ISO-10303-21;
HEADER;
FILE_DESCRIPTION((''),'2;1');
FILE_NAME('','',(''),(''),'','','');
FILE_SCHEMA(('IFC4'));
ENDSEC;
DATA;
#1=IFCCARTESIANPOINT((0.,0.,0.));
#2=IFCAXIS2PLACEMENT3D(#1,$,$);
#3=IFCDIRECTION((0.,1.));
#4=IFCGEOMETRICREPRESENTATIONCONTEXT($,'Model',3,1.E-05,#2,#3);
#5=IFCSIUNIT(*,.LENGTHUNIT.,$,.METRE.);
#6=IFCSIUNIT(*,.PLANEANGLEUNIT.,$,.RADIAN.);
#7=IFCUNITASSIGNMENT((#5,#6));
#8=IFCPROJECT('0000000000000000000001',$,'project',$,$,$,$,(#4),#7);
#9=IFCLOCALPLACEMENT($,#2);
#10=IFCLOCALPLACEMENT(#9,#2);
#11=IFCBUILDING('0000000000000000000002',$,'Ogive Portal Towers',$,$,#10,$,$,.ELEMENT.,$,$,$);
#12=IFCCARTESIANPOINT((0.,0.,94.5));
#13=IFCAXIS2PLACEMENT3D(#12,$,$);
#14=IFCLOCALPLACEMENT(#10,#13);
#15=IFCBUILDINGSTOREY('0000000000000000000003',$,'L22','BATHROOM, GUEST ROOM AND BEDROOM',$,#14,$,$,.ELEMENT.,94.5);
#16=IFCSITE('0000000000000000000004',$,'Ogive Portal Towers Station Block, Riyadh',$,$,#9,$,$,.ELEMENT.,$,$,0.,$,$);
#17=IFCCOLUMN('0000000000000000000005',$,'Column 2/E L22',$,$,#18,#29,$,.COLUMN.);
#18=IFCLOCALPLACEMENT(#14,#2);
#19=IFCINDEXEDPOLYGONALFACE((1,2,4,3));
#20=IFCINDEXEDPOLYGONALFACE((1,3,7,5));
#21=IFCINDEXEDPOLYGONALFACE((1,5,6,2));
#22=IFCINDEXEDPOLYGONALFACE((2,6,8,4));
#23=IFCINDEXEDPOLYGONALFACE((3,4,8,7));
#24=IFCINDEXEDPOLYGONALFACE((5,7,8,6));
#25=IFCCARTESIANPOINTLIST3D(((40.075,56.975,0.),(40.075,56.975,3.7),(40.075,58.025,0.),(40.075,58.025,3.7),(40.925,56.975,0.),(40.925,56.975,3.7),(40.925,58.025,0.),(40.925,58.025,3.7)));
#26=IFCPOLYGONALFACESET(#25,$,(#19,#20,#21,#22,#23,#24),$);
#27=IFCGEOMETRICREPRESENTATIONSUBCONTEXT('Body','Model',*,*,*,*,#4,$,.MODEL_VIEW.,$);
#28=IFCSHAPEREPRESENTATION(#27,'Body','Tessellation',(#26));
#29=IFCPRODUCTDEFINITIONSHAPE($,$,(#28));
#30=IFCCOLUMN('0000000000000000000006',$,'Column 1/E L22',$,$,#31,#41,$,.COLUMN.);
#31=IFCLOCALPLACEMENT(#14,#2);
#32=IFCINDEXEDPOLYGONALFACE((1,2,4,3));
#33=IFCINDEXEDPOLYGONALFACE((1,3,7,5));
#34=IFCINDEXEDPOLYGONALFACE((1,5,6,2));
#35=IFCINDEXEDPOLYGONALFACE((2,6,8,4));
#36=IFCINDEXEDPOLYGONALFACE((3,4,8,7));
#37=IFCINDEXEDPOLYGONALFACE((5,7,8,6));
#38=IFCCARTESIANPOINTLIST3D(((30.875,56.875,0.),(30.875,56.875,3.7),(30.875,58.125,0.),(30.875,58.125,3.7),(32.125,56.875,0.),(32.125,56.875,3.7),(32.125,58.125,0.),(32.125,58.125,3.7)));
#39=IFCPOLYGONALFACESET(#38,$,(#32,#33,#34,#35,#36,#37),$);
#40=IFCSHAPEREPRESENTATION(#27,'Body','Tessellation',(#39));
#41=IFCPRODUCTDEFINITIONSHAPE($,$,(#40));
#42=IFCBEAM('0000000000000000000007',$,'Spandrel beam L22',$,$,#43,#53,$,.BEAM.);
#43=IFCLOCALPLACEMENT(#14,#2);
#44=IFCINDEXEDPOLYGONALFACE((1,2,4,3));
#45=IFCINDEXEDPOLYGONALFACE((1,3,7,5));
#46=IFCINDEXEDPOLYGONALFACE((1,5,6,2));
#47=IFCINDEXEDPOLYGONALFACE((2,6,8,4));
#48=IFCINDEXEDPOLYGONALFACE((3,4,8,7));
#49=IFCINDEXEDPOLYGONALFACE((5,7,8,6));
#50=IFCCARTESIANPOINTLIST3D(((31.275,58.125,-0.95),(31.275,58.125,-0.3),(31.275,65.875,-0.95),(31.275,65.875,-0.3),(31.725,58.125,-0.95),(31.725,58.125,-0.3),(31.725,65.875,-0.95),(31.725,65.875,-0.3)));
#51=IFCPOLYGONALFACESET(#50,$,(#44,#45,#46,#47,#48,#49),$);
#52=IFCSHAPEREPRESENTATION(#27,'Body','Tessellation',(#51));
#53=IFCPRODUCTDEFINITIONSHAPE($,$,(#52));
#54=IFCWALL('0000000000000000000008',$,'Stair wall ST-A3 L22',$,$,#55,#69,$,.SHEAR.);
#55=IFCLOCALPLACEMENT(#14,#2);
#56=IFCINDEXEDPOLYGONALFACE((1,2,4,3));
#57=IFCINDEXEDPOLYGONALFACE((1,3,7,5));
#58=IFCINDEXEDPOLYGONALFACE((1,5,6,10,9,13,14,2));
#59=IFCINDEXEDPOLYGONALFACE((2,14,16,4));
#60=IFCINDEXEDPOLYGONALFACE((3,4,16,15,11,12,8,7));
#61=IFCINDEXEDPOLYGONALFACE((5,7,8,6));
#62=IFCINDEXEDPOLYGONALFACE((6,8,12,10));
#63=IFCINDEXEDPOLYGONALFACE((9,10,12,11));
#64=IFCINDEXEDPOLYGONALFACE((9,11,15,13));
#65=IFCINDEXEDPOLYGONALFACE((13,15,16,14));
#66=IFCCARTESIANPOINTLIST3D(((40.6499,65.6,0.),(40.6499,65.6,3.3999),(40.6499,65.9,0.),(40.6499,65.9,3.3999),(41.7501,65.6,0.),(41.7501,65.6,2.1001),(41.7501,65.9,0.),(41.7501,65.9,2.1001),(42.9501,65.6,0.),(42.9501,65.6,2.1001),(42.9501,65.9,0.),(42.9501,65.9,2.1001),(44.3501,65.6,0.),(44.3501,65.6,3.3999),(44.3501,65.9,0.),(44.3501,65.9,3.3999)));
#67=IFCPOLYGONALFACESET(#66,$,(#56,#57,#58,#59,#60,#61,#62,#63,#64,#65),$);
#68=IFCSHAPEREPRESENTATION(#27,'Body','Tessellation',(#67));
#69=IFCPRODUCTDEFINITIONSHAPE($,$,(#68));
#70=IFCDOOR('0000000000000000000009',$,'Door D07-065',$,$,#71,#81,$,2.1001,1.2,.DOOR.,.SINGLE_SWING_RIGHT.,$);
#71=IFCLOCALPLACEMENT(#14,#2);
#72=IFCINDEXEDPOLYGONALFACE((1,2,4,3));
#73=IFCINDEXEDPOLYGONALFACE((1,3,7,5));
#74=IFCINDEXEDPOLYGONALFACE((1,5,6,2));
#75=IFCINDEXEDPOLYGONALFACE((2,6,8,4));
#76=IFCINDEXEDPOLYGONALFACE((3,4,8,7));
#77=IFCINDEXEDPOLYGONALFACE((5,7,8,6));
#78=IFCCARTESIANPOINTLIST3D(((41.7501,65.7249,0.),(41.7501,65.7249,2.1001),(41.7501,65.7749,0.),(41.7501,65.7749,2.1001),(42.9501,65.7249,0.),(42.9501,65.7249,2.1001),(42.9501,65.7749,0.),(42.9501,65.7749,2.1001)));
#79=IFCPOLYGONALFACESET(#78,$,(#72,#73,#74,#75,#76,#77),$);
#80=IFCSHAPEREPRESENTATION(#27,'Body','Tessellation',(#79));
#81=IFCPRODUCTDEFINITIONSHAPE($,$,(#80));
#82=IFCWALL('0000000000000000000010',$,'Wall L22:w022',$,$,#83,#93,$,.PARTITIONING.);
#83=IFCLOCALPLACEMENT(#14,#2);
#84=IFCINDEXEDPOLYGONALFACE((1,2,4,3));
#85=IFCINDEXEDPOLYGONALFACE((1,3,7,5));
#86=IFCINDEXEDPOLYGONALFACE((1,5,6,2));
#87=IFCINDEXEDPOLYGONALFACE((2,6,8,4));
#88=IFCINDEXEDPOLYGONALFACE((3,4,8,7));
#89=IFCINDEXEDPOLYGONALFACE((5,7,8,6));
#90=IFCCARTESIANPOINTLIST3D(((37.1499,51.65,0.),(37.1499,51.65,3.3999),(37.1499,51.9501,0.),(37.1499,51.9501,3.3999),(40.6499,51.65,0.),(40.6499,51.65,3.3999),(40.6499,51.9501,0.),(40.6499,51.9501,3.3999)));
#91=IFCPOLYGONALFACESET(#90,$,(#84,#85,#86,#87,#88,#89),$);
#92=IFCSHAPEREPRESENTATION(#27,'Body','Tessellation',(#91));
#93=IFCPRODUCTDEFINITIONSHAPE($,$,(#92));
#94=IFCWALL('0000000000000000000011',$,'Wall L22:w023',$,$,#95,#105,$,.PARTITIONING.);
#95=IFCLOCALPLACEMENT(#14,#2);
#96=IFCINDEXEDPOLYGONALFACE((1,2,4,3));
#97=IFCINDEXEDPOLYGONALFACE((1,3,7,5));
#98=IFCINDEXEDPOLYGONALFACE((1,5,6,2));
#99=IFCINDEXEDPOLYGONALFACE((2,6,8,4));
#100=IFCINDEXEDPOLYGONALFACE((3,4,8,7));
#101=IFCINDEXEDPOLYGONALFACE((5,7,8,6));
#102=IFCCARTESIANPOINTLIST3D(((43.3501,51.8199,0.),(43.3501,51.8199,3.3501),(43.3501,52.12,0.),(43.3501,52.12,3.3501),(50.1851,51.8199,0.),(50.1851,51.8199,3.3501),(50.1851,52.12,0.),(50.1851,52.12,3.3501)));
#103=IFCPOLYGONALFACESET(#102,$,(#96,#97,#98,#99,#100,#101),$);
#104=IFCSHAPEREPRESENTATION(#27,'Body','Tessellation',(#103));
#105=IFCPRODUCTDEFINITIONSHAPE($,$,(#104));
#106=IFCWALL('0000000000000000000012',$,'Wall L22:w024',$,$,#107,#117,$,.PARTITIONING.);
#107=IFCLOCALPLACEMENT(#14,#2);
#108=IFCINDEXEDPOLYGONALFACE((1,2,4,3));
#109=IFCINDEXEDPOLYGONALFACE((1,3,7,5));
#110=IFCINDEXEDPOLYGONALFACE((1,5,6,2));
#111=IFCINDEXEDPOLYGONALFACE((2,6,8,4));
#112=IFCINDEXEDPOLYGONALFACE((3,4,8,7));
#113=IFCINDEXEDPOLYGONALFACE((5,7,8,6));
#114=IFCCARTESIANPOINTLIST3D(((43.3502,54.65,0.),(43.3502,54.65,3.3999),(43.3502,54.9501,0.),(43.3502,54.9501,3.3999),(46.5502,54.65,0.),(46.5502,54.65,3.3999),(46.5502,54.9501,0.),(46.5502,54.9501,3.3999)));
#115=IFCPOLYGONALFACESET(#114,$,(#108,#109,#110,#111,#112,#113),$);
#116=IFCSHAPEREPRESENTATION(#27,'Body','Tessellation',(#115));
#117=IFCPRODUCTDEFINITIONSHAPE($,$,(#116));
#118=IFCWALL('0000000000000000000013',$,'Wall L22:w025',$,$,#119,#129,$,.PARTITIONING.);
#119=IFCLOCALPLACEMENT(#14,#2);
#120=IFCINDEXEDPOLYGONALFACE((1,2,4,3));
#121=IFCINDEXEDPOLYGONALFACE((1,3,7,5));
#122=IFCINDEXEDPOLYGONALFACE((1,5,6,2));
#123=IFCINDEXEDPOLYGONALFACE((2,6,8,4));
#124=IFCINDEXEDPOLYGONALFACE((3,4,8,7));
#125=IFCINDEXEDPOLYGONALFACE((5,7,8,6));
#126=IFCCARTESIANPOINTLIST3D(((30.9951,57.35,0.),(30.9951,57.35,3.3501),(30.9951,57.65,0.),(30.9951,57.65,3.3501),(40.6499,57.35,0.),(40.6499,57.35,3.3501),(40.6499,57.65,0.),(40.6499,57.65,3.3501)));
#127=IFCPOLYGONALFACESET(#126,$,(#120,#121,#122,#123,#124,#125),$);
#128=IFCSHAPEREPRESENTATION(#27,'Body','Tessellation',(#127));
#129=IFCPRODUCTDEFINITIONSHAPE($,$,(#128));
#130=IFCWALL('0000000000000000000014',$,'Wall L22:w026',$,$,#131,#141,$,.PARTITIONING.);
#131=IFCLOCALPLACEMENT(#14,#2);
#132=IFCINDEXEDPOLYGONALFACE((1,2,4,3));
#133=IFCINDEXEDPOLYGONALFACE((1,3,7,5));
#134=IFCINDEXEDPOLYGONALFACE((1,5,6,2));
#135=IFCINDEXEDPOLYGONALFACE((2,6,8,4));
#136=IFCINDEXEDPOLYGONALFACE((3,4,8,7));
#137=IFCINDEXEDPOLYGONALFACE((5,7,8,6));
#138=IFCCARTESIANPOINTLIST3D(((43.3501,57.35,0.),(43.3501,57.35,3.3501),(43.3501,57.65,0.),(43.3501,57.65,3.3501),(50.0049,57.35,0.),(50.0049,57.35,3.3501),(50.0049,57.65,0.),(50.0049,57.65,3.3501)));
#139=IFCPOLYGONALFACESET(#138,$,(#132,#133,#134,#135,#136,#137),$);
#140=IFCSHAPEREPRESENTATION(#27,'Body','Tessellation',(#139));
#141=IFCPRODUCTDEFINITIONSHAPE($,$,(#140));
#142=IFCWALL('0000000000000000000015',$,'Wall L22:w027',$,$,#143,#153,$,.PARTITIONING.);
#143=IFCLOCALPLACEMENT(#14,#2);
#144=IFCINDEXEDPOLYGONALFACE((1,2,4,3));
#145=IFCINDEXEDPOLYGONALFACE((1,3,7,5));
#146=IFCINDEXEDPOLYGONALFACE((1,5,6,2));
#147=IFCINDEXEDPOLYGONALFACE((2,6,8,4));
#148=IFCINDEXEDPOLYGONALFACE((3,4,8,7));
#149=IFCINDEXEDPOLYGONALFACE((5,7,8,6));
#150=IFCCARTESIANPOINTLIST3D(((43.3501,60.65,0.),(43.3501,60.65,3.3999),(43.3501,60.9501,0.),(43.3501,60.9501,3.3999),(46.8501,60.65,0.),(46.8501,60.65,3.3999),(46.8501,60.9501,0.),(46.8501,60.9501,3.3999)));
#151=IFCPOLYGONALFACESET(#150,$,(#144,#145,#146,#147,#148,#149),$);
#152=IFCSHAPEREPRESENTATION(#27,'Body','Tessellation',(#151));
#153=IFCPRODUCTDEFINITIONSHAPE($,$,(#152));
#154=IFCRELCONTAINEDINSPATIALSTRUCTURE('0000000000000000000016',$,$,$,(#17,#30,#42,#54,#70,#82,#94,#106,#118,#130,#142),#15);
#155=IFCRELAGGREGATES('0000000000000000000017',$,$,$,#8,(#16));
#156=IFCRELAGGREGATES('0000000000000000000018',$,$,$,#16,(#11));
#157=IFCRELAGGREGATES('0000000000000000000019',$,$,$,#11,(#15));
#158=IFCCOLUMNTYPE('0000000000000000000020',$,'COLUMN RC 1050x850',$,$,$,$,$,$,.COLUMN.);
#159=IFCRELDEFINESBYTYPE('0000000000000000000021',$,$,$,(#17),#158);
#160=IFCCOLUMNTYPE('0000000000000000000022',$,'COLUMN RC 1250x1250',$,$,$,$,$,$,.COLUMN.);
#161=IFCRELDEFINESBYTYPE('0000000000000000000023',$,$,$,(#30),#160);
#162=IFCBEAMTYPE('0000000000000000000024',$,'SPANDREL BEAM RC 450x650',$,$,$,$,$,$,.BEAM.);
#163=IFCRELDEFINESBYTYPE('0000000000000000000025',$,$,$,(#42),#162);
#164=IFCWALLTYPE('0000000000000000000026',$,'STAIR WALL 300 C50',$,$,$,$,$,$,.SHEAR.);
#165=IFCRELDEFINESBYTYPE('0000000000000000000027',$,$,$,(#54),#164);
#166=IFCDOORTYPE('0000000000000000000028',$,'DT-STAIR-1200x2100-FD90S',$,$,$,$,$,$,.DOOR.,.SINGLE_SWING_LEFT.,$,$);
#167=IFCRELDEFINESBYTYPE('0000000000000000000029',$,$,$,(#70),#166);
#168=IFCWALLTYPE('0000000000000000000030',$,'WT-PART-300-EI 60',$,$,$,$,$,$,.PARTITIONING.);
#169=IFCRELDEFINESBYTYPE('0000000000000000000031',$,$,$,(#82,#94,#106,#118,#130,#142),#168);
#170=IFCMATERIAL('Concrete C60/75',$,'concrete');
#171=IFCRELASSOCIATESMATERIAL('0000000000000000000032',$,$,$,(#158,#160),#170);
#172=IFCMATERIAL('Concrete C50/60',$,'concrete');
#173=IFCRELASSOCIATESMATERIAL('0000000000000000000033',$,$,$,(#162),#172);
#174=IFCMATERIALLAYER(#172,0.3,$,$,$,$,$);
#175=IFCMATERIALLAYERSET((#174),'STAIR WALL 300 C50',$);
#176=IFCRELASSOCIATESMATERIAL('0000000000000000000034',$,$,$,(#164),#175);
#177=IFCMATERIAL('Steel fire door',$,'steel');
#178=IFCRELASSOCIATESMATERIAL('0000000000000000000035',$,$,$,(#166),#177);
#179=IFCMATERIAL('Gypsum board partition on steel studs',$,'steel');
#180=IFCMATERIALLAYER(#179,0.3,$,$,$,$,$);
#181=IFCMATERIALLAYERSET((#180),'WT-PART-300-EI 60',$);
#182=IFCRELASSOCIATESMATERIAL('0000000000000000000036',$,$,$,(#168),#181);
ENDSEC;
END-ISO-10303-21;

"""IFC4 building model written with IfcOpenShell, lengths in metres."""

from ifc_helpers import new_model, si_unit, direction, frame, frame_2d, origin, origin_2d, place, context, subcontext, project, spatial, rectangle, extrude, material, layer, layer_set, material_profile, profile_set, type_object, element, fill, save


model = new_model("IFC4")

# Units and contexts
model_context = context("Model", 3, precision=1e-05, world=origin(), true_north=direction((0.0, 1.0)))
body_context = subcontext(model_context, "Body", "Model", "MODEL_VIEW")
ifc_project = project(units=[si_unit("LENGTHUNIT", "METRE"), si_unit("PLANEANGLEUNIT", "RADIAN")], contexts=[model_context])

# Site, building, storey
site_placement = place(None, origin())
site = spatial("IfcSite", under=ifc_project, at=site_placement, Name="Ogive Portal Towers Station Block, Riyadh", CompositionType="ELEMENT", RefElevation=0.0)
building_placement = place(site_placement, origin())
building = spatial("IfcBuilding", under=site, at=building_placement, Name="Ogive Portal Towers", CompositionType="ELEMENT")
storey_placement = place(building_placement, frame((0.0, 0.0, 94.5)))
storey = spatial("IfcBuildingStorey", under=building, at=storey_placement, Name="L22", Description="BATHROOM, GUEST ROOM AND BEDROOM", CompositionType="ELEMENT", Elevation=94.5)

# Columns
ifc_material_1 = material(Name="Concrete C60/75", Category="concrete")
ifc_material_profile_1 = material_profile(ifc_material_1, rectangle(XDim=1.05, YDim=0.8501, at=origin_2d()), Name="RC 1050x850")
ifc_profile_set_1 = profile_set([ifc_material_profile_1], Name="Concrete C60/75")
column_type_1 = type_object("IfcColumnType", Name="COLUMN RC 1050x850", PredefinedType="COLUMN", material=ifc_profile_set_1)
column_1_placement = place(storey_placement, frame((40.5, 57.5, 0.0), z_axis=(0.0, 0.0, 1.0), x_axis=(0.0, 1.0, 0.0)))
element("IfcColumn", 1, at=column_1_placement, inside=storey, type_object=column_type_1, Name="Column 2/E L22", PredefinedType="COLUMN", context=body_context, shape_type="SweptSolid", body=[
    extrude(rectangle(XDim=1.05, YDim=0.8501, at=origin_2d()), origin(), (0.0, 0.0, 1.0), 3.7),
])
ifc_material_profile_2 = material_profile(ifc_material_1, rectangle(XDim=1.25, YDim=1.25, at=origin_2d()), Name="RC 1250x1250")
ifc_profile_set_2 = profile_set([ifc_material_profile_2], Name="Concrete C60/75")
column_type_2 = type_object("IfcColumnType", Name="COLUMN RC 1250x1250", PredefinedType="COLUMN", material=ifc_profile_set_2)
column_2_placement = place(storey_placement, frame((31.5, 57.5, 0.0), z_axis=(0.0, 0.0, 1.0), x_axis=(1.0, 0.0, 0.0)))
element("IfcColumn", 2, at=column_2_placement, inside=storey, type_object=column_type_2, Name="Column 1/E L22", PredefinedType="COLUMN", context=body_context, shape_type="SweptSolid", body=[
    extrude(rectangle(XDim=1.25, YDim=1.25, at=origin_2d()), origin(), (0.0, 0.0, 1.0), 3.7),
])

# Beam
ifc_material_2 = material(Name="Concrete C50/60", Category="concrete")
ifc_material_profile_3 = material_profile(ifc_material_2, rectangle(XDim=0.45, YDim=0.6499, at=origin_2d()), Name="RC 450x650")
ifc_profile_set_3 = profile_set([ifc_material_profile_3], Name="Concrete C50/60")
beam_type = type_object("IfcBeamType", Name="SPANDREL BEAM RC 450x650", PredefinedType="BEAM", material=ifc_profile_set_3)
beam_placement = place(storey_placement, frame((31.5, 58.125, -0.625), z_axis=(0.0, 1.0, 0.0), x_axis=(-1.0, 0.0, 0.0)))
element("IfcBeam", 3, at=beam_placement, inside=storey, type_object=beam_type, Name="Spandrel beam L22", PredefinedType="BEAM", context=body_context, shape_type="SweptSolid", body=[
    extrude(rectangle(XDim=0.45, YDim=0.6499, at=origin_2d()), origin(), (0.0, 0.0, 1.0), 7.75),
])

# Wall, opening, door
ifc_layer_1 = layer(ifc_material_2, 0.3)
ifc_layer_set_1 = layer_set([ifc_layer_1], Name="STAIR WALL 300 C50")
wall_type_1 = type_object("IfcWallType", Name="STAIR WALL 300 C50", PredefinedType="SHEAR", material=ifc_layer_set_1)
wall_1_placement = place(storey_placement, frame((40.6499, 65.75, 0.0), z_axis=(0.0, 0.0, 1.0), x_axis=(1.0, 0.0, 0.0)))
wall_1 = element("IfcWall", 4, at=wall_1_placement, inside=storey, type_object=wall_type_1, Name="Stair wall ST-A3 L22", PredefinedType="SHEAR", context=body_context, shape_type="SweptSolid", body=[
    extrude(rectangle(XDim=3.7002, YDim=0.3, at=frame_2d((1.8501, 0.0))), origin(), (0.0, 0.0, 1.0), 3.3999),
])
opening_1_placement = place(wall_1_placement, frame((1.1001, 0.0, 0.0)))
opening_1 = element("IfcOpeningElement", 5, at=opening_1_placement, cuts=wall_1, PredefinedType="OPENING", context=body_context, shape_type="SweptSolid", body=[
    extrude(rectangle(XDim=1.2, YDim=2.1001, at=frame_2d((0.6001, 1.05))), frame((0.0, 0.1602, 0.0), z_axis=(0.0, -1.0, 0.0), x_axis=(1.0, 0.0, 0.0)), (0.0, 0.0, 1.0), 0.3201),
])
ifc_material_3 = material(Name="Steel fire door", Category="steel")
door_type_1 = type_object("IfcDoorType", Name="DT-STAIR-1200x2100-FD90S", OperationType="SINGLE_SWING_LEFT", PredefinedType="DOOR", material=ifc_material_3)
door_1_placement = place(opening_1_placement, origin())
door_1 = element("IfcDoor", 6, at=door_1_placement, inside=storey, type_object=door_type_1, Name="Door D07-065", OperationType="SINGLE_SWING_RIGHT", OverallHeight=2.1001, OverallWidth=1.2, PredefinedType="DOOR", context=body_context, shape_type="SweptSolid", body=[
    extrude(rectangle(XDim=1.2, YDim=2.1001, at=frame_2d((0.6001, 1.05))), frame((0.0, 0.0249, 0.0), z_axis=(0.0, -1.0, 0.0), x_axis=(1.0, 0.0, 0.0)), (0.0, 0.0, 1.0), 0.05),
])
fill(opening_1, door_1)

# Walls
ifc_material_4 = material(Name="Gypsum board partition on steel studs", Category="steel")
ifc_layer_2 = layer(ifc_material_4, 0.3)
ifc_layer_set_2 = layer_set([ifc_layer_2], Name="WT-PART-300-EI 60")
wall_type_2 = type_object("IfcWallType", Name="WT-PART-300-EI 60", PredefinedType="PARTITIONING", material=ifc_layer_set_2)
wall_2_placement = place(storey_placement, frame((37.1499, 51.8, 0.0), z_axis=(0.0, 0.0, 1.0), x_axis=(1.0, 0.0, 0.0)))
element("IfcWall", 7, at=wall_2_placement, inside=storey, type_object=wall_type_2, Name="Wall L22:w022", PredefinedType="PARTITIONING", context=body_context, shape_type="SweptSolid", body=[
    extrude(rectangle(XDim=3.5, YDim=0.3, at=frame_2d((1.75, 0.0))), origin(), (0.0, 0.0, 1.0), 3.3999),
])
wall_3_placement = place(storey_placement, frame((43.3501, 51.97, 0.0), z_axis=(0.0, 0.0, 1.0), x_axis=(1.0, 0.0, 0.0)))
element("IfcWall", 8, at=wall_3_placement, inside=storey, type_object=wall_type_2, Name="Wall L22:w023", PredefinedType="PARTITIONING", context=body_context, shape_type="SweptSolid", body=[
    extrude(rectangle(XDim=6.835, YDim=0.3, at=frame_2d((3.4175, 0.0))), origin(), (0.0, 0.0, 1.0), 3.3501),
])
wall_4_placement = place(storey_placement, frame((43.3501, 54.8, 0.0), z_axis=(0.0, 0.0, 1.0), x_axis=(1.0, 0.0, 0.0)))
element("IfcWall", 9, at=wall_4_placement, inside=storey, type_object=wall_type_2, Name="Wall L22:w024", PredefinedType="PARTITIONING", context=body_context, shape_type="SweptSolid", body=[
    extrude(rectangle(XDim=3.2, YDim=0.3, at=frame_2d((1.6001, 0.0))), origin(), (0.0, 0.0, 1.0), 3.3999),
])
wall_5_placement = place(storey_placement, frame((30.9951, 57.5, 0.0), z_axis=(0.0, 0.0, 1.0), x_axis=(1.0, 0.0, 0.0)))
element("IfcWall", 10, at=wall_5_placement, inside=storey, type_object=wall_type_2, Name="Wall L22:w025", PredefinedType="PARTITIONING", context=body_context, shape_type="SweptSolid", body=[
    extrude(rectangle(XDim=9.6548, YDim=0.3, at=frame_2d((4.8274, 0.0))), origin(), (0.0, 0.0, 1.0), 3.3501),
])
wall_6_placement = place(storey_placement, frame((43.3501, 57.5, 0.0), z_axis=(0.0, 0.0, 1.0), x_axis=(1.0, 0.0, 0.0)))
element("IfcWall", 11, at=wall_6_placement, inside=storey, type_object=wall_type_2, Name="Wall L22:w026", PredefinedType="PARTITIONING", context=body_context, shape_type="SweptSolid", body=[
    extrude(rectangle(XDim=6.6548, YDim=0.3, at=frame_2d((3.3274, 0.0))), origin(), (0.0, 0.0, 1.0), 3.3501),
])
wall_7_placement = place(storey_placement, frame((43.3501, 60.8, 0.0), z_axis=(0.0, 0.0, 1.0), x_axis=(1.0, 0.0, 0.0)))
element("IfcWall", 12, at=wall_7_placement, inside=storey, type_object=wall_type_2, Name="Wall L22:w027", PredefinedType="PARTITIONING", context=body_context, shape_type="SweptSolid", body=[
    extrude(rectangle(XDim=3.5, YDim=0.3, at=frame_2d((1.75, 0.0))), origin(), (0.0, 0.0, 1.0), 3.3999),
])

save(model, "model.ifc")
